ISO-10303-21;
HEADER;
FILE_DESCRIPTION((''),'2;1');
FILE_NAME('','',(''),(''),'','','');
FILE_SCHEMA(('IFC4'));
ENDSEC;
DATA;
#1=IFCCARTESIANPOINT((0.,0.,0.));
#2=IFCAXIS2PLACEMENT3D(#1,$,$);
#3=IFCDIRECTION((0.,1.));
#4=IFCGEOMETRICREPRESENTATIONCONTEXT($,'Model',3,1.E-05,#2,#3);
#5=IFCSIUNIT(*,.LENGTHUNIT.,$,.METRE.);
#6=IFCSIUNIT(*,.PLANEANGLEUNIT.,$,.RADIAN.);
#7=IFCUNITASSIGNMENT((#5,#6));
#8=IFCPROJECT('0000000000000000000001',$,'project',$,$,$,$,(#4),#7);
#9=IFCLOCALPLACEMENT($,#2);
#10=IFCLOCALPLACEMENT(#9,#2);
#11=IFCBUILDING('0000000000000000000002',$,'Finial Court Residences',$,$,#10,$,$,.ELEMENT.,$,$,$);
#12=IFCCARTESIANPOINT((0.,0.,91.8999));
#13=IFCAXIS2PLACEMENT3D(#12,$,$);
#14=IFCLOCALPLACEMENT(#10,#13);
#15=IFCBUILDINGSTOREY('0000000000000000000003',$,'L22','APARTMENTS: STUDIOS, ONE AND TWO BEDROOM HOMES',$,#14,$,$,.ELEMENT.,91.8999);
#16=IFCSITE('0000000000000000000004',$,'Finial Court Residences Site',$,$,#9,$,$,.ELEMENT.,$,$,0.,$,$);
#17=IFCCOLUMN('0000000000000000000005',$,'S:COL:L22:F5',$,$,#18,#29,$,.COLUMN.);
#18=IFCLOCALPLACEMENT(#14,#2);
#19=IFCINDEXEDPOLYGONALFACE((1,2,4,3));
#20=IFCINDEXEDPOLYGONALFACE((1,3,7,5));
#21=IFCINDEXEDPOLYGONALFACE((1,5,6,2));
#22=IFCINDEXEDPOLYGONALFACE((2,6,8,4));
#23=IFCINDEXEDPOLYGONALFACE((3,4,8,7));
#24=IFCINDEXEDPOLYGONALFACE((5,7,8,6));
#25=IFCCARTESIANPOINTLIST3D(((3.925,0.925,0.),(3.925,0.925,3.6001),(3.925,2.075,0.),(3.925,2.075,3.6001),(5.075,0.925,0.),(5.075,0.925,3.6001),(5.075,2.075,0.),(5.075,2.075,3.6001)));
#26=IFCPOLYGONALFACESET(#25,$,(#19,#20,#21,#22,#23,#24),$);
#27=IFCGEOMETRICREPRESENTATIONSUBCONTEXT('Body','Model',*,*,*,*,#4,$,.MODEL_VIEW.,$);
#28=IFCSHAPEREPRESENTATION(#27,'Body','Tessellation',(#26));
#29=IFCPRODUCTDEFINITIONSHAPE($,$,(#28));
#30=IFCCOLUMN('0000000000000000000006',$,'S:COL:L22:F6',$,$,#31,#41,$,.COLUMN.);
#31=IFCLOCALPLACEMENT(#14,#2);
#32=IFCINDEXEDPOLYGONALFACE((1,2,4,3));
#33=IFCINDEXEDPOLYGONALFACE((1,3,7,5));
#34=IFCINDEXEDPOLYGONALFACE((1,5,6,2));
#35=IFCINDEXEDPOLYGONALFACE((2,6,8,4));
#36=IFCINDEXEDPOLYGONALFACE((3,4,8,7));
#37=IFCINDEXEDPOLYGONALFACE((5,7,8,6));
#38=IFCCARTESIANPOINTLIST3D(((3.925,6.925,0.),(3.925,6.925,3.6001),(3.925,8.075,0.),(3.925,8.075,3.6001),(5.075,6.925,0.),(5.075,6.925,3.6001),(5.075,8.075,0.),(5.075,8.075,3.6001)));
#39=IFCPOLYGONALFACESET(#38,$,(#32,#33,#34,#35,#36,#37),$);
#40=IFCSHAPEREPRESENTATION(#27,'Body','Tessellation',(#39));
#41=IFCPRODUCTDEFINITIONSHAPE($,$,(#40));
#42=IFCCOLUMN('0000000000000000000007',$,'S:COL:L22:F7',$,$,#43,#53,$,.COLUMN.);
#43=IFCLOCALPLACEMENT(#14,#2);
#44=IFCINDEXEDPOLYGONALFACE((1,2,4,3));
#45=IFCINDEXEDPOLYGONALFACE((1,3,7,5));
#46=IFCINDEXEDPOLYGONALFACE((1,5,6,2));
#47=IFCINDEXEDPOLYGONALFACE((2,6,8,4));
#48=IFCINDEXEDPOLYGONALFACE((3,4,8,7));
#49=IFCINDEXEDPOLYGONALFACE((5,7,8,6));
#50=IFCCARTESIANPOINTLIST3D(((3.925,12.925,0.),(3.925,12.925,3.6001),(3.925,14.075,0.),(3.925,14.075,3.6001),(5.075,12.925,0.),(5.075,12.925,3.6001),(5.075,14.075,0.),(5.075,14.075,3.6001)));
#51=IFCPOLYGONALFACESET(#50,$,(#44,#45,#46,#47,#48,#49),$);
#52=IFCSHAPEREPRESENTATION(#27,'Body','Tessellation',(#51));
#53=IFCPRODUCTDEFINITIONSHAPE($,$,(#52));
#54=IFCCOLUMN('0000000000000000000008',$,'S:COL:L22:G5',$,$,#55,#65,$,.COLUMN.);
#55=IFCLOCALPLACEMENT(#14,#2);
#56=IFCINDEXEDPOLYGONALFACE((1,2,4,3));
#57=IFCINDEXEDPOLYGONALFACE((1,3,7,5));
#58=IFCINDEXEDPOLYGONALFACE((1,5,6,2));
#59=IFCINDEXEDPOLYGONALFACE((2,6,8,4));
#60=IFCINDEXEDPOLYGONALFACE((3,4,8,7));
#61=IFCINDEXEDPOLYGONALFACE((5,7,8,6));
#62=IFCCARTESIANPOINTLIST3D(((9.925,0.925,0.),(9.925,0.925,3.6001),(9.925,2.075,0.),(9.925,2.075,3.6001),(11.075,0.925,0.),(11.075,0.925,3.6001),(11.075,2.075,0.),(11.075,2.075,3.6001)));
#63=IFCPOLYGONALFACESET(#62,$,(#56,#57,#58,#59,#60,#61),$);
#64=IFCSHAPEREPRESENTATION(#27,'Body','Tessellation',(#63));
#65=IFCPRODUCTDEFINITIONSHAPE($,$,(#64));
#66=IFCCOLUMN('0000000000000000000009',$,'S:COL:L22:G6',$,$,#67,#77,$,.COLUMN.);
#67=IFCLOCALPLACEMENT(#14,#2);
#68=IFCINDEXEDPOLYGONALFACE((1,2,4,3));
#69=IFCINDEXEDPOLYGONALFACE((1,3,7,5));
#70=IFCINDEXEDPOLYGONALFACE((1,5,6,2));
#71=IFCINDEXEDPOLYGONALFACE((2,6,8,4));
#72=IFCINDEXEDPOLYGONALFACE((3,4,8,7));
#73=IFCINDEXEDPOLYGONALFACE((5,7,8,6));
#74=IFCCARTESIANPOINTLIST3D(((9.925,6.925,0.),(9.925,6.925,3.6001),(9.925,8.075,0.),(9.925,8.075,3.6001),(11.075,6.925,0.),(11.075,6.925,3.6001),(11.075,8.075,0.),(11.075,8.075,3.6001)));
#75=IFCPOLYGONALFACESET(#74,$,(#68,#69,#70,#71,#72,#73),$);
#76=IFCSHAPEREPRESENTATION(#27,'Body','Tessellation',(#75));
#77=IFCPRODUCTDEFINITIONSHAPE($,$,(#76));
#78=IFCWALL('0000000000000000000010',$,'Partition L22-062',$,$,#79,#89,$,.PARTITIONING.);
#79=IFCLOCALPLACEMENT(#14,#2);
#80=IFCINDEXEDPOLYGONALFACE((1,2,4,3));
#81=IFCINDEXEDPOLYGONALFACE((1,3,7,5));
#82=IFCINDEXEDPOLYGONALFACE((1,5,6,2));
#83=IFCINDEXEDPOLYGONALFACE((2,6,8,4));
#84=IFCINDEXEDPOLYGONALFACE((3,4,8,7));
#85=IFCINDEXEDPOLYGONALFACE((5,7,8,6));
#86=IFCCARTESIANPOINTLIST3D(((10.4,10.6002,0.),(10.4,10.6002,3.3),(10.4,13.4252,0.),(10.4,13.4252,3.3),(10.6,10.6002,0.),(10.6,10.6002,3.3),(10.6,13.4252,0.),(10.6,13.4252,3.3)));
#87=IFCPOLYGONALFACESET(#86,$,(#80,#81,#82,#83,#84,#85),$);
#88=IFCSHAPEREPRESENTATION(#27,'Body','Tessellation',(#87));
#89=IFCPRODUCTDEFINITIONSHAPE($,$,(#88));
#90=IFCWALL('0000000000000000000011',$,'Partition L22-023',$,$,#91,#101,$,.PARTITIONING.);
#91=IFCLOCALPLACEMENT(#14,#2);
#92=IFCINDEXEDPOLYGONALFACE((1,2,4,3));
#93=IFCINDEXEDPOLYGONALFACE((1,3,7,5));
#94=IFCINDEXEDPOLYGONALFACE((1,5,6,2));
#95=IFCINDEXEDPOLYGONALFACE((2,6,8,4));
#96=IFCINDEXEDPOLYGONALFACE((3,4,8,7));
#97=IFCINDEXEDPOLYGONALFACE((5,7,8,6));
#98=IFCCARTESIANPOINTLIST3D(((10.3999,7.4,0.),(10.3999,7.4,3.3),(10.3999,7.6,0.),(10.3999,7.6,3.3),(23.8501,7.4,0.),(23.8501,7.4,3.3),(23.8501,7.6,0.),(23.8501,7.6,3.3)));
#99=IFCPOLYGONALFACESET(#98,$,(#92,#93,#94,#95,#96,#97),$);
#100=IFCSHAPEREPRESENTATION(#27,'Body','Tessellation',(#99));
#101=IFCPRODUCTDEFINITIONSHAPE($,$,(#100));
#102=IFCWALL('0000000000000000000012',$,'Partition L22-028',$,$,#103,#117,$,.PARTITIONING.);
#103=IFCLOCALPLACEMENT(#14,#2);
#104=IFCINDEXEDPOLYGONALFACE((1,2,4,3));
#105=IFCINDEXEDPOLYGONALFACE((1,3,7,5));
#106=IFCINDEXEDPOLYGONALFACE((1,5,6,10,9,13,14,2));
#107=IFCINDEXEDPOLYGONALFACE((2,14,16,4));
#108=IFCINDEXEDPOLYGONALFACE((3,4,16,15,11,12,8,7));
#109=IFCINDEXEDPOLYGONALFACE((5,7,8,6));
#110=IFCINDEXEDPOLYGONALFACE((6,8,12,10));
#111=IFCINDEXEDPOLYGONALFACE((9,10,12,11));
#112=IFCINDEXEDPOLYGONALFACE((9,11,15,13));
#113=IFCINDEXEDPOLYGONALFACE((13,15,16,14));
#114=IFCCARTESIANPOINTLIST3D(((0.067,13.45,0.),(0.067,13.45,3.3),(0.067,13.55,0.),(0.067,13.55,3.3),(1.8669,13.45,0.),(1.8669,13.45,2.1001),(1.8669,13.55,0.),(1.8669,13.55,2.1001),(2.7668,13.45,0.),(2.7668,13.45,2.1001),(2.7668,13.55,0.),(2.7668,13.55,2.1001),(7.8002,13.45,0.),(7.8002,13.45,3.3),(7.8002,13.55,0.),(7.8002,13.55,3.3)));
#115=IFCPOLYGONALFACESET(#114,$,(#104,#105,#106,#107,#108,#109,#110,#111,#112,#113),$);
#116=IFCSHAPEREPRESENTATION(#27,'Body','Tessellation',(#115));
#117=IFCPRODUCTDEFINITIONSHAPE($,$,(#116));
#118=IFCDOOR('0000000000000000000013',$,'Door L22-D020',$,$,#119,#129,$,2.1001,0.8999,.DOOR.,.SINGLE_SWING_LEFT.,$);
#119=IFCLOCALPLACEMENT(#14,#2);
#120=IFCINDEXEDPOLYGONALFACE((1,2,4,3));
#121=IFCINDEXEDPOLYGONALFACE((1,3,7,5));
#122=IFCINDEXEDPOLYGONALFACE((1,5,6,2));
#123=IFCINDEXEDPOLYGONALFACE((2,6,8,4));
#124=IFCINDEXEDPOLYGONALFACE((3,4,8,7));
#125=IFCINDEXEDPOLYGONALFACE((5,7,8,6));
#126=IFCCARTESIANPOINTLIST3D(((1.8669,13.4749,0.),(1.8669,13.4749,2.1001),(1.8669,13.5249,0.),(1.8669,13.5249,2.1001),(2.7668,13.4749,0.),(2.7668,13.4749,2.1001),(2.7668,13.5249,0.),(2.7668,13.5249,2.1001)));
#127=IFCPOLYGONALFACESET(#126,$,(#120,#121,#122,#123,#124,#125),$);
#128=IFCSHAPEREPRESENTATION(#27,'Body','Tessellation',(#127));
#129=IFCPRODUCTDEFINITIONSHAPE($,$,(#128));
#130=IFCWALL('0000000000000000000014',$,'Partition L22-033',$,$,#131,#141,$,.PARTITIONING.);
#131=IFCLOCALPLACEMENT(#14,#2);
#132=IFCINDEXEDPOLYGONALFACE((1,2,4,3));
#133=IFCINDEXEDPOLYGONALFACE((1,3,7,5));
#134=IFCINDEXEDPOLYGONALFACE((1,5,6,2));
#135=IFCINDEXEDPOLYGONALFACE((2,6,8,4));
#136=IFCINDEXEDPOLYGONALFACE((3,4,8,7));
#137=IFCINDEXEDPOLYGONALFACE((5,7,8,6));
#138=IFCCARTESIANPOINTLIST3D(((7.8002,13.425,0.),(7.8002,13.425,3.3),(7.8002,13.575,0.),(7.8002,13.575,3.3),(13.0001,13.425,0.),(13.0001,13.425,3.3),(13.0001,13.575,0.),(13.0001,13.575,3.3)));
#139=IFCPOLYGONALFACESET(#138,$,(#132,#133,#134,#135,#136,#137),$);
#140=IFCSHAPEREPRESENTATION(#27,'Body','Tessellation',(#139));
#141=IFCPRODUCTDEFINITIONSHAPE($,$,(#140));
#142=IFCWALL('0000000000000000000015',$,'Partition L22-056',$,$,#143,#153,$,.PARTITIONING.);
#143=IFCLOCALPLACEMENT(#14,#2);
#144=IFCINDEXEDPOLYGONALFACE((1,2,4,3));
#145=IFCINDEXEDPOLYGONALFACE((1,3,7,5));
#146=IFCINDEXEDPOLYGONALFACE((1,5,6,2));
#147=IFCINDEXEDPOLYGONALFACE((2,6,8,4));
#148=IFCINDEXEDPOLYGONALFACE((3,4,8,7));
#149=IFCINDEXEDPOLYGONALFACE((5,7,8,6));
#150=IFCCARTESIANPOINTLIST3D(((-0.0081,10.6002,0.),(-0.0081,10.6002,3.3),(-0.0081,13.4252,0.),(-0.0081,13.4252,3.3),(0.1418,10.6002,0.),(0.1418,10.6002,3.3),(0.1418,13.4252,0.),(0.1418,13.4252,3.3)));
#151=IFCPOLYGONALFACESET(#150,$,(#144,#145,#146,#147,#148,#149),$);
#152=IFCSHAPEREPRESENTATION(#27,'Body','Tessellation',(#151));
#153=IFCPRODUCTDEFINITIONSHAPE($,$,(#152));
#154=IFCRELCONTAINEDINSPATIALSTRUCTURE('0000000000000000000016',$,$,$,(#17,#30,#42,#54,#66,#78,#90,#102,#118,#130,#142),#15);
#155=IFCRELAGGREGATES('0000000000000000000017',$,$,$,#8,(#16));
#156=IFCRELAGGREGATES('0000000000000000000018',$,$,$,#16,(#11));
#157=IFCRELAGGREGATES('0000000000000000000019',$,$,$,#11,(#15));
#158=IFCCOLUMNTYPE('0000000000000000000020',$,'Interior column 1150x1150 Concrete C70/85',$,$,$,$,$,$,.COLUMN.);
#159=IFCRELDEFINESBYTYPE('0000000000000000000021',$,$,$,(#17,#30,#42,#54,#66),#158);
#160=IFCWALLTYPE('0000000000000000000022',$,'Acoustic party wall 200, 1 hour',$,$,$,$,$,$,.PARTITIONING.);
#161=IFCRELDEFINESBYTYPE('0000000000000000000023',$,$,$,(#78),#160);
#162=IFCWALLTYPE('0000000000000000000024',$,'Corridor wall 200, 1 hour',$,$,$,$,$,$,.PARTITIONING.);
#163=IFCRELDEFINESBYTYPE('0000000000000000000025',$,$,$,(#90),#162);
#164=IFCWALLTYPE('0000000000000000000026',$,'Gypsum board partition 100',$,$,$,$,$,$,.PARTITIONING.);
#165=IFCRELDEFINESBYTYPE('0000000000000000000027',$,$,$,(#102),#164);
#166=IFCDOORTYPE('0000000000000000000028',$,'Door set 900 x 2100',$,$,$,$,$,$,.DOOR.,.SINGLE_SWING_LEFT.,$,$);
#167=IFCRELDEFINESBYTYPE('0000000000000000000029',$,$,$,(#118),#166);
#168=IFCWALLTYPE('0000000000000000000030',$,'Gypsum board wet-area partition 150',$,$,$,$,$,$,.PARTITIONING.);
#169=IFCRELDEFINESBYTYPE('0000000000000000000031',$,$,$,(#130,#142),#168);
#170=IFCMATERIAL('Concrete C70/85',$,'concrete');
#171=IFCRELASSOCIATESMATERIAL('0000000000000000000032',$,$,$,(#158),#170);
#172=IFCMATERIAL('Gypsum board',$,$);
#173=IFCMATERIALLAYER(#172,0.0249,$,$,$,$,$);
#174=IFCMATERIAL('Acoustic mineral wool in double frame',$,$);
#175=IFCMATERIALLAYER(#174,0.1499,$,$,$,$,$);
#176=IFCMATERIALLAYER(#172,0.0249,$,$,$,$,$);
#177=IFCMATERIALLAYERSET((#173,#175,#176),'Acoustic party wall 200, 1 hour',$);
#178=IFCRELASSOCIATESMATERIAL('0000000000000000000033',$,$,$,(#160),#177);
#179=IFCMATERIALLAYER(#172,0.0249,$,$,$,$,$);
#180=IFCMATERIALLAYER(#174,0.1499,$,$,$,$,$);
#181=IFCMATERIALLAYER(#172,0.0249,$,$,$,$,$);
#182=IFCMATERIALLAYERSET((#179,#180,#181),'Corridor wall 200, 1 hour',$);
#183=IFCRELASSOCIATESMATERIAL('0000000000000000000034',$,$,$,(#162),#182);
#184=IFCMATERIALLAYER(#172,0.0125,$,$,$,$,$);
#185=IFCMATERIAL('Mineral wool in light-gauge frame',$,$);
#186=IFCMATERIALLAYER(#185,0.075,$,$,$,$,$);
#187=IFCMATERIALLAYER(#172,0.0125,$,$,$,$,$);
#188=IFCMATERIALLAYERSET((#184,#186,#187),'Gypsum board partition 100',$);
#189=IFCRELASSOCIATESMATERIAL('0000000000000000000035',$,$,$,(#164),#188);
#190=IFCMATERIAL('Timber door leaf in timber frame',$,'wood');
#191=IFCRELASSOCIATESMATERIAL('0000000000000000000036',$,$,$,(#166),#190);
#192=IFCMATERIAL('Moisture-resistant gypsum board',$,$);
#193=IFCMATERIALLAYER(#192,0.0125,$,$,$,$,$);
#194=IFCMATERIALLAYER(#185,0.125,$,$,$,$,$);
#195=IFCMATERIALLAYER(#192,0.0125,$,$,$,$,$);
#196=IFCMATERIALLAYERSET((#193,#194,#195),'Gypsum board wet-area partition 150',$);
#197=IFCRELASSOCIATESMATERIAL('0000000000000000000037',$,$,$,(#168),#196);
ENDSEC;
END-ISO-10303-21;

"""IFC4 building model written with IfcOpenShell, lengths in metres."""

from ifc_helpers import new_model, si_unit, direction, frame, frame_2d, origin, origin_2d, place, context, subcontext, project, spatial, rectangle, extrude, material, layer, layer_set, material_profile, profile_set, type_object, element, fill, save


model = new_model("IFC4")

# Units and contexts
model_context = context("Model", 3, precision=1e-05, world=origin(), true_north=direction((0.0, 1.0)))
body_context = subcontext(model_context, "Body", "Model", "MODEL_VIEW")
ifc_project = project(units=[si_unit("LENGTHUNIT", "METRE"), si_unit("PLANEANGLEUNIT", "RADIAN")], contexts=[model_context])

# Site, building, storey
site_placement = place(None, origin())
site = spatial("IfcSite", under=ifc_project, at=site_placement, Name="Finial Court Residences Site", CompositionType="ELEMENT", RefElevation=0.0)
building_placement = place(site_placement, origin())
building = spatial("IfcBuilding", under=site, at=building_placement, Name="Finial Court Residences", CompositionType="ELEMENT")
storey_placement = place(building_placement, frame((0.0, 0.0, 91.8999)))
storey = spatial("IfcBuildingStorey", under=building, at=storey_placement, Name="L22", Description="APARTMENTS: STUDIOS, ONE AND TWO BEDROOM HOMES", CompositionType="ELEMENT", Elevation=91.8999)

# Columns
ifc_material_1 = material(Name="Concrete C70/85", Category="concrete")
ifc_material_profile = material_profile(ifc_material_1, rectangle(XDim=1.1499, YDim=1.1499, at=origin_2d()), Name="1150x1150")
ifc_profile_set = profile_set([ifc_material_profile], Name="Concrete C70/85")
column_type = type_object("IfcColumnType", Name="Interior column 1150x1150 Concrete C70/85", PredefinedType="COLUMN", material=ifc_profile_set)
for number, where, z_axis, x_axis, name in (
    (1, (4.5, 1.5, 0.0), (0.0, 0.0, 1.0), (1.0, 0.0, 0.0), "S:COL:L22:F5"),
    (2, (4.5, 7.5, 0.0), (0.0, 0.0, 1.0), (1.0, 0.0, 0.0), "S:COL:L22:F6"),
    (3, (4.5, 13.5, 0.0), (0.0, 0.0, 1.0), (1.0, 0.0, 0.0), "S:COL:L22:F7"),
    (4, (10.5, 1.5, 0.0), (0.0, 0.0, 1.0), (1.0, 0.0, 0.0), "S:COL:L22:G5"),
    (5, (10.5, 7.5, 0.0), (0.0, 0.0, 1.0), (1.0, 0.0, 0.0), "S:COL:L22:G6"),
):
    element("IfcColumn", number, at=place(storey_placement, frame(where, z_axis=z_axis, x_axis=x_axis)), inside=storey, type_object=column_type, Name=name, PredefinedType="COLUMN", context=body_context, shape_type="SweptSolid", body=[
        extrude(rectangle(XDim=1.1499, YDim=1.1499, at=origin_2d()), origin(), (0.0, 0.0, 1.0), 3.6001),
    ])

# Walls
ifc_material_2 = material(Name="Gypsum board")
ifc_layer_1 = layer(ifc_material_2, 0.0249)
ifc_material_3 = material(Name="Acoustic mineral wool in double frame")
ifc_layer_2 = layer(ifc_material_3, 0.1499)
ifc_layer_3 = layer(ifc_material_2, 0.0249)
ifc_layer_set_1 = layer_set([ifc_layer_1, ifc_layer_2, ifc_layer_3], Name="Acoustic party wall 200, 1 hour")
wall_type_1 = type_object("IfcWallType", Name="Acoustic party wall 200, 1 hour", PredefinedType="PARTITIONING", material=ifc_layer_set_1)
wall_1_placement = place(storey_placement, frame((10.5, 10.6001, 0.0), z_axis=(0.0, 0.0, 1.0), x_axis=(0.0, 1.0, 0.0)))
element("IfcWall", 6, at=wall_1_placement, inside=storey, type_object=wall_type_1, Name="Partition L22-062", PredefinedType="PARTITIONING", context=body_context, shape_type="SweptSolid", body=[
    extrude(rectangle(XDim=2.825, YDim=0.2, at=frame_2d((1.4126, 0.0))), origin(), (0.0, 0.0, 1.0), 3.3),
])
ifc_layer_4 = layer(ifc_material_2, 0.0249)
ifc_layer_5 = layer(ifc_material_3, 0.1499)
ifc_layer_6 = layer(ifc_material_2, 0.0249)
ifc_layer_set_2 = layer_set([ifc_layer_4, ifc_layer_5, ifc_layer_6], Name="Corridor wall 200, 1 hour")
wall_type_2 = type_object("IfcWallType", Name="Corridor wall 200, 1 hour", PredefinedType="PARTITIONING", material=ifc_layer_set_2)
wall_2_placement = place(storey_placement, frame((10.3999, 7.5, 0.0), z_axis=(0.0, 0.0, 1.0), x_axis=(1.0, 0.0, 0.0)))
element("IfcWall", 7, at=wall_2_placement, inside=storey, type_object=wall_type_2, Name="Partition L22-023", PredefinedType="PARTITIONING", context=body_context, shape_type="SweptSolid", body=[
    extrude(rectangle(XDim=13.4502, YDim=0.2, at=frame_2d((6.7251, 0.0))), origin(), (0.0, 0.0, 1.0), 3.3),
])

# Wall, opening, door
ifc_layer_7 = layer(ifc_material_2, 0.0125)
ifc_material_4 = material(Name="Mineral wool in light-gauge frame")
ifc_layer_8 = layer(ifc_material_4, 0.075)
ifc_layer_9 = layer(ifc_material_2, 0.0125)
ifc_layer_set_3 = layer_set([ifc_layer_7, ifc_layer_8, ifc_layer_9], Name="Gypsum board partition 100")
wall_type_3 = type_object("IfcWallType", Name="Gypsum board partition 100", PredefinedType="PARTITIONING", material=ifc_layer_set_3)
wall_3_placement = place(storey_placement, frame((0.0669, 13.5, 0.0), z_axis=(0.0, 0.0, 1.0), x_axis=(1.0, 0.0, 0.0)))
wall_3 = element("IfcWall", 8, at=wall_3_placement, inside=storey, type_object=wall_type_3, Name="Partition L22-028", PredefinedType="PARTITIONING", context=body_context, shape_type="SweptSolid", body=[
    extrude(rectangle(XDim=7.7332, YDim=0.1001, at=frame_2d((3.8667, 0.0))), origin(), (0.0, 0.0, 1.0), 3.3),
])
opening_placement = place(wall_3_placement, frame((1.8, 0.0, 0.0)))
opening = element("IfcOpeningElement", 9, at=opening_placement, cuts=wall_3, PredefinedType="OPENING", context=body_context, shape_type="SweptSolid", body=[
    extrude(rectangle(XDim=0.8999, YDim=2.1001, at=frame_2d((0.45, 1.05))), frame((0.0, 0.0601, 0.0), z_axis=(0.0, -1.0, 0.0), x_axis=(1.0, 0.0, 0.0)), (0.0, 0.0, 1.0), 0.1201),
])
ifc_material_5 = material(Name="Timber door leaf in timber frame", Category="wood")
door_type = type_object("IfcDoorType", Name="Door set 900 x 2100", OperationType="SINGLE_SWING_LEFT", PredefinedType="DOOR", material=ifc_material_5)
door_placement = place(opening_placement, origin())
door = element("IfcDoor", 10, at=door_placement, inside=storey, type_object=door_type, Name="Door L22-D020", OperationType="SINGLE_SWING_LEFT", OverallHeight=2.1001, OverallWidth=0.8999, PredefinedType="DOOR", context=body_context, shape_type="SweptSolid", body=[
    extrude(rectangle(XDim=0.8999, YDim=2.1001, at=frame_2d((0.45, 1.05))), frame((0.0, 0.0249, 0.0), z_axis=(0.0, -1.0, 0.0), x_axis=(1.0, 0.0, 0.0)), (0.0, 0.0, 1.0), 0.05),
])
fill(opening, door)

# Walls
ifc_material_6 = material(Name="Moisture-resistant gypsum board")
ifc_layer_10 = layer(ifc_material_6, 0.0125)
ifc_layer_11 = layer(ifc_material_4, 0.125)
ifc_layer_12 = layer(ifc_material_6, 0.0125)
ifc_layer_set_4 = layer_set([ifc_layer_10, ifc_layer_11, ifc_layer_12], Name="Gypsum board wet-area partition 150")
wall_type_4 = type_object("IfcWallType", Name="Gypsum board wet-area partition 150", PredefinedType="PARTITIONING", material=ifc_layer_set_4)
wall_4_placement = place(storey_placement, frame((7.8, 13.5, 0.0), z_axis=(0.0, 0.0, 1.0), x_axis=(1.0, 0.0, 0.0)))
element("IfcWall", 11, at=wall_4_placement, inside=storey, type_object=wall_type_4, Name="Partition L22-033", PredefinedType="PARTITIONING", context=body_context, shape_type="SweptSolid", body=[
    extrude(rectangle(XDim=5.2, YDim=0.1499, at=frame_2d((2.6001, 0.0))), origin(), (0.0, 0.0, 1.0), 3.3),
])
wall_5_placement = place(storey_placement, frame((0.0669, 10.6001, 0.0), z_axis=(0.0, 0.0, 1.0), x_axis=(0.0, 1.0, 0.0)))
element("IfcWall", 12, at=wall_5_placement, inside=storey, type_object=wall_type_4, Name="Partition L22-056", PredefinedType="PARTITIONING", context=body_context, shape_type="SweptSolid", body=[
    extrude(rectangle(XDim=2.825, YDim=0.1499, at=frame_2d((1.4126, 0.0))), origin(), (0.0, 0.0, 1.0), 3.3),
])

save(model, "model.ifc")
